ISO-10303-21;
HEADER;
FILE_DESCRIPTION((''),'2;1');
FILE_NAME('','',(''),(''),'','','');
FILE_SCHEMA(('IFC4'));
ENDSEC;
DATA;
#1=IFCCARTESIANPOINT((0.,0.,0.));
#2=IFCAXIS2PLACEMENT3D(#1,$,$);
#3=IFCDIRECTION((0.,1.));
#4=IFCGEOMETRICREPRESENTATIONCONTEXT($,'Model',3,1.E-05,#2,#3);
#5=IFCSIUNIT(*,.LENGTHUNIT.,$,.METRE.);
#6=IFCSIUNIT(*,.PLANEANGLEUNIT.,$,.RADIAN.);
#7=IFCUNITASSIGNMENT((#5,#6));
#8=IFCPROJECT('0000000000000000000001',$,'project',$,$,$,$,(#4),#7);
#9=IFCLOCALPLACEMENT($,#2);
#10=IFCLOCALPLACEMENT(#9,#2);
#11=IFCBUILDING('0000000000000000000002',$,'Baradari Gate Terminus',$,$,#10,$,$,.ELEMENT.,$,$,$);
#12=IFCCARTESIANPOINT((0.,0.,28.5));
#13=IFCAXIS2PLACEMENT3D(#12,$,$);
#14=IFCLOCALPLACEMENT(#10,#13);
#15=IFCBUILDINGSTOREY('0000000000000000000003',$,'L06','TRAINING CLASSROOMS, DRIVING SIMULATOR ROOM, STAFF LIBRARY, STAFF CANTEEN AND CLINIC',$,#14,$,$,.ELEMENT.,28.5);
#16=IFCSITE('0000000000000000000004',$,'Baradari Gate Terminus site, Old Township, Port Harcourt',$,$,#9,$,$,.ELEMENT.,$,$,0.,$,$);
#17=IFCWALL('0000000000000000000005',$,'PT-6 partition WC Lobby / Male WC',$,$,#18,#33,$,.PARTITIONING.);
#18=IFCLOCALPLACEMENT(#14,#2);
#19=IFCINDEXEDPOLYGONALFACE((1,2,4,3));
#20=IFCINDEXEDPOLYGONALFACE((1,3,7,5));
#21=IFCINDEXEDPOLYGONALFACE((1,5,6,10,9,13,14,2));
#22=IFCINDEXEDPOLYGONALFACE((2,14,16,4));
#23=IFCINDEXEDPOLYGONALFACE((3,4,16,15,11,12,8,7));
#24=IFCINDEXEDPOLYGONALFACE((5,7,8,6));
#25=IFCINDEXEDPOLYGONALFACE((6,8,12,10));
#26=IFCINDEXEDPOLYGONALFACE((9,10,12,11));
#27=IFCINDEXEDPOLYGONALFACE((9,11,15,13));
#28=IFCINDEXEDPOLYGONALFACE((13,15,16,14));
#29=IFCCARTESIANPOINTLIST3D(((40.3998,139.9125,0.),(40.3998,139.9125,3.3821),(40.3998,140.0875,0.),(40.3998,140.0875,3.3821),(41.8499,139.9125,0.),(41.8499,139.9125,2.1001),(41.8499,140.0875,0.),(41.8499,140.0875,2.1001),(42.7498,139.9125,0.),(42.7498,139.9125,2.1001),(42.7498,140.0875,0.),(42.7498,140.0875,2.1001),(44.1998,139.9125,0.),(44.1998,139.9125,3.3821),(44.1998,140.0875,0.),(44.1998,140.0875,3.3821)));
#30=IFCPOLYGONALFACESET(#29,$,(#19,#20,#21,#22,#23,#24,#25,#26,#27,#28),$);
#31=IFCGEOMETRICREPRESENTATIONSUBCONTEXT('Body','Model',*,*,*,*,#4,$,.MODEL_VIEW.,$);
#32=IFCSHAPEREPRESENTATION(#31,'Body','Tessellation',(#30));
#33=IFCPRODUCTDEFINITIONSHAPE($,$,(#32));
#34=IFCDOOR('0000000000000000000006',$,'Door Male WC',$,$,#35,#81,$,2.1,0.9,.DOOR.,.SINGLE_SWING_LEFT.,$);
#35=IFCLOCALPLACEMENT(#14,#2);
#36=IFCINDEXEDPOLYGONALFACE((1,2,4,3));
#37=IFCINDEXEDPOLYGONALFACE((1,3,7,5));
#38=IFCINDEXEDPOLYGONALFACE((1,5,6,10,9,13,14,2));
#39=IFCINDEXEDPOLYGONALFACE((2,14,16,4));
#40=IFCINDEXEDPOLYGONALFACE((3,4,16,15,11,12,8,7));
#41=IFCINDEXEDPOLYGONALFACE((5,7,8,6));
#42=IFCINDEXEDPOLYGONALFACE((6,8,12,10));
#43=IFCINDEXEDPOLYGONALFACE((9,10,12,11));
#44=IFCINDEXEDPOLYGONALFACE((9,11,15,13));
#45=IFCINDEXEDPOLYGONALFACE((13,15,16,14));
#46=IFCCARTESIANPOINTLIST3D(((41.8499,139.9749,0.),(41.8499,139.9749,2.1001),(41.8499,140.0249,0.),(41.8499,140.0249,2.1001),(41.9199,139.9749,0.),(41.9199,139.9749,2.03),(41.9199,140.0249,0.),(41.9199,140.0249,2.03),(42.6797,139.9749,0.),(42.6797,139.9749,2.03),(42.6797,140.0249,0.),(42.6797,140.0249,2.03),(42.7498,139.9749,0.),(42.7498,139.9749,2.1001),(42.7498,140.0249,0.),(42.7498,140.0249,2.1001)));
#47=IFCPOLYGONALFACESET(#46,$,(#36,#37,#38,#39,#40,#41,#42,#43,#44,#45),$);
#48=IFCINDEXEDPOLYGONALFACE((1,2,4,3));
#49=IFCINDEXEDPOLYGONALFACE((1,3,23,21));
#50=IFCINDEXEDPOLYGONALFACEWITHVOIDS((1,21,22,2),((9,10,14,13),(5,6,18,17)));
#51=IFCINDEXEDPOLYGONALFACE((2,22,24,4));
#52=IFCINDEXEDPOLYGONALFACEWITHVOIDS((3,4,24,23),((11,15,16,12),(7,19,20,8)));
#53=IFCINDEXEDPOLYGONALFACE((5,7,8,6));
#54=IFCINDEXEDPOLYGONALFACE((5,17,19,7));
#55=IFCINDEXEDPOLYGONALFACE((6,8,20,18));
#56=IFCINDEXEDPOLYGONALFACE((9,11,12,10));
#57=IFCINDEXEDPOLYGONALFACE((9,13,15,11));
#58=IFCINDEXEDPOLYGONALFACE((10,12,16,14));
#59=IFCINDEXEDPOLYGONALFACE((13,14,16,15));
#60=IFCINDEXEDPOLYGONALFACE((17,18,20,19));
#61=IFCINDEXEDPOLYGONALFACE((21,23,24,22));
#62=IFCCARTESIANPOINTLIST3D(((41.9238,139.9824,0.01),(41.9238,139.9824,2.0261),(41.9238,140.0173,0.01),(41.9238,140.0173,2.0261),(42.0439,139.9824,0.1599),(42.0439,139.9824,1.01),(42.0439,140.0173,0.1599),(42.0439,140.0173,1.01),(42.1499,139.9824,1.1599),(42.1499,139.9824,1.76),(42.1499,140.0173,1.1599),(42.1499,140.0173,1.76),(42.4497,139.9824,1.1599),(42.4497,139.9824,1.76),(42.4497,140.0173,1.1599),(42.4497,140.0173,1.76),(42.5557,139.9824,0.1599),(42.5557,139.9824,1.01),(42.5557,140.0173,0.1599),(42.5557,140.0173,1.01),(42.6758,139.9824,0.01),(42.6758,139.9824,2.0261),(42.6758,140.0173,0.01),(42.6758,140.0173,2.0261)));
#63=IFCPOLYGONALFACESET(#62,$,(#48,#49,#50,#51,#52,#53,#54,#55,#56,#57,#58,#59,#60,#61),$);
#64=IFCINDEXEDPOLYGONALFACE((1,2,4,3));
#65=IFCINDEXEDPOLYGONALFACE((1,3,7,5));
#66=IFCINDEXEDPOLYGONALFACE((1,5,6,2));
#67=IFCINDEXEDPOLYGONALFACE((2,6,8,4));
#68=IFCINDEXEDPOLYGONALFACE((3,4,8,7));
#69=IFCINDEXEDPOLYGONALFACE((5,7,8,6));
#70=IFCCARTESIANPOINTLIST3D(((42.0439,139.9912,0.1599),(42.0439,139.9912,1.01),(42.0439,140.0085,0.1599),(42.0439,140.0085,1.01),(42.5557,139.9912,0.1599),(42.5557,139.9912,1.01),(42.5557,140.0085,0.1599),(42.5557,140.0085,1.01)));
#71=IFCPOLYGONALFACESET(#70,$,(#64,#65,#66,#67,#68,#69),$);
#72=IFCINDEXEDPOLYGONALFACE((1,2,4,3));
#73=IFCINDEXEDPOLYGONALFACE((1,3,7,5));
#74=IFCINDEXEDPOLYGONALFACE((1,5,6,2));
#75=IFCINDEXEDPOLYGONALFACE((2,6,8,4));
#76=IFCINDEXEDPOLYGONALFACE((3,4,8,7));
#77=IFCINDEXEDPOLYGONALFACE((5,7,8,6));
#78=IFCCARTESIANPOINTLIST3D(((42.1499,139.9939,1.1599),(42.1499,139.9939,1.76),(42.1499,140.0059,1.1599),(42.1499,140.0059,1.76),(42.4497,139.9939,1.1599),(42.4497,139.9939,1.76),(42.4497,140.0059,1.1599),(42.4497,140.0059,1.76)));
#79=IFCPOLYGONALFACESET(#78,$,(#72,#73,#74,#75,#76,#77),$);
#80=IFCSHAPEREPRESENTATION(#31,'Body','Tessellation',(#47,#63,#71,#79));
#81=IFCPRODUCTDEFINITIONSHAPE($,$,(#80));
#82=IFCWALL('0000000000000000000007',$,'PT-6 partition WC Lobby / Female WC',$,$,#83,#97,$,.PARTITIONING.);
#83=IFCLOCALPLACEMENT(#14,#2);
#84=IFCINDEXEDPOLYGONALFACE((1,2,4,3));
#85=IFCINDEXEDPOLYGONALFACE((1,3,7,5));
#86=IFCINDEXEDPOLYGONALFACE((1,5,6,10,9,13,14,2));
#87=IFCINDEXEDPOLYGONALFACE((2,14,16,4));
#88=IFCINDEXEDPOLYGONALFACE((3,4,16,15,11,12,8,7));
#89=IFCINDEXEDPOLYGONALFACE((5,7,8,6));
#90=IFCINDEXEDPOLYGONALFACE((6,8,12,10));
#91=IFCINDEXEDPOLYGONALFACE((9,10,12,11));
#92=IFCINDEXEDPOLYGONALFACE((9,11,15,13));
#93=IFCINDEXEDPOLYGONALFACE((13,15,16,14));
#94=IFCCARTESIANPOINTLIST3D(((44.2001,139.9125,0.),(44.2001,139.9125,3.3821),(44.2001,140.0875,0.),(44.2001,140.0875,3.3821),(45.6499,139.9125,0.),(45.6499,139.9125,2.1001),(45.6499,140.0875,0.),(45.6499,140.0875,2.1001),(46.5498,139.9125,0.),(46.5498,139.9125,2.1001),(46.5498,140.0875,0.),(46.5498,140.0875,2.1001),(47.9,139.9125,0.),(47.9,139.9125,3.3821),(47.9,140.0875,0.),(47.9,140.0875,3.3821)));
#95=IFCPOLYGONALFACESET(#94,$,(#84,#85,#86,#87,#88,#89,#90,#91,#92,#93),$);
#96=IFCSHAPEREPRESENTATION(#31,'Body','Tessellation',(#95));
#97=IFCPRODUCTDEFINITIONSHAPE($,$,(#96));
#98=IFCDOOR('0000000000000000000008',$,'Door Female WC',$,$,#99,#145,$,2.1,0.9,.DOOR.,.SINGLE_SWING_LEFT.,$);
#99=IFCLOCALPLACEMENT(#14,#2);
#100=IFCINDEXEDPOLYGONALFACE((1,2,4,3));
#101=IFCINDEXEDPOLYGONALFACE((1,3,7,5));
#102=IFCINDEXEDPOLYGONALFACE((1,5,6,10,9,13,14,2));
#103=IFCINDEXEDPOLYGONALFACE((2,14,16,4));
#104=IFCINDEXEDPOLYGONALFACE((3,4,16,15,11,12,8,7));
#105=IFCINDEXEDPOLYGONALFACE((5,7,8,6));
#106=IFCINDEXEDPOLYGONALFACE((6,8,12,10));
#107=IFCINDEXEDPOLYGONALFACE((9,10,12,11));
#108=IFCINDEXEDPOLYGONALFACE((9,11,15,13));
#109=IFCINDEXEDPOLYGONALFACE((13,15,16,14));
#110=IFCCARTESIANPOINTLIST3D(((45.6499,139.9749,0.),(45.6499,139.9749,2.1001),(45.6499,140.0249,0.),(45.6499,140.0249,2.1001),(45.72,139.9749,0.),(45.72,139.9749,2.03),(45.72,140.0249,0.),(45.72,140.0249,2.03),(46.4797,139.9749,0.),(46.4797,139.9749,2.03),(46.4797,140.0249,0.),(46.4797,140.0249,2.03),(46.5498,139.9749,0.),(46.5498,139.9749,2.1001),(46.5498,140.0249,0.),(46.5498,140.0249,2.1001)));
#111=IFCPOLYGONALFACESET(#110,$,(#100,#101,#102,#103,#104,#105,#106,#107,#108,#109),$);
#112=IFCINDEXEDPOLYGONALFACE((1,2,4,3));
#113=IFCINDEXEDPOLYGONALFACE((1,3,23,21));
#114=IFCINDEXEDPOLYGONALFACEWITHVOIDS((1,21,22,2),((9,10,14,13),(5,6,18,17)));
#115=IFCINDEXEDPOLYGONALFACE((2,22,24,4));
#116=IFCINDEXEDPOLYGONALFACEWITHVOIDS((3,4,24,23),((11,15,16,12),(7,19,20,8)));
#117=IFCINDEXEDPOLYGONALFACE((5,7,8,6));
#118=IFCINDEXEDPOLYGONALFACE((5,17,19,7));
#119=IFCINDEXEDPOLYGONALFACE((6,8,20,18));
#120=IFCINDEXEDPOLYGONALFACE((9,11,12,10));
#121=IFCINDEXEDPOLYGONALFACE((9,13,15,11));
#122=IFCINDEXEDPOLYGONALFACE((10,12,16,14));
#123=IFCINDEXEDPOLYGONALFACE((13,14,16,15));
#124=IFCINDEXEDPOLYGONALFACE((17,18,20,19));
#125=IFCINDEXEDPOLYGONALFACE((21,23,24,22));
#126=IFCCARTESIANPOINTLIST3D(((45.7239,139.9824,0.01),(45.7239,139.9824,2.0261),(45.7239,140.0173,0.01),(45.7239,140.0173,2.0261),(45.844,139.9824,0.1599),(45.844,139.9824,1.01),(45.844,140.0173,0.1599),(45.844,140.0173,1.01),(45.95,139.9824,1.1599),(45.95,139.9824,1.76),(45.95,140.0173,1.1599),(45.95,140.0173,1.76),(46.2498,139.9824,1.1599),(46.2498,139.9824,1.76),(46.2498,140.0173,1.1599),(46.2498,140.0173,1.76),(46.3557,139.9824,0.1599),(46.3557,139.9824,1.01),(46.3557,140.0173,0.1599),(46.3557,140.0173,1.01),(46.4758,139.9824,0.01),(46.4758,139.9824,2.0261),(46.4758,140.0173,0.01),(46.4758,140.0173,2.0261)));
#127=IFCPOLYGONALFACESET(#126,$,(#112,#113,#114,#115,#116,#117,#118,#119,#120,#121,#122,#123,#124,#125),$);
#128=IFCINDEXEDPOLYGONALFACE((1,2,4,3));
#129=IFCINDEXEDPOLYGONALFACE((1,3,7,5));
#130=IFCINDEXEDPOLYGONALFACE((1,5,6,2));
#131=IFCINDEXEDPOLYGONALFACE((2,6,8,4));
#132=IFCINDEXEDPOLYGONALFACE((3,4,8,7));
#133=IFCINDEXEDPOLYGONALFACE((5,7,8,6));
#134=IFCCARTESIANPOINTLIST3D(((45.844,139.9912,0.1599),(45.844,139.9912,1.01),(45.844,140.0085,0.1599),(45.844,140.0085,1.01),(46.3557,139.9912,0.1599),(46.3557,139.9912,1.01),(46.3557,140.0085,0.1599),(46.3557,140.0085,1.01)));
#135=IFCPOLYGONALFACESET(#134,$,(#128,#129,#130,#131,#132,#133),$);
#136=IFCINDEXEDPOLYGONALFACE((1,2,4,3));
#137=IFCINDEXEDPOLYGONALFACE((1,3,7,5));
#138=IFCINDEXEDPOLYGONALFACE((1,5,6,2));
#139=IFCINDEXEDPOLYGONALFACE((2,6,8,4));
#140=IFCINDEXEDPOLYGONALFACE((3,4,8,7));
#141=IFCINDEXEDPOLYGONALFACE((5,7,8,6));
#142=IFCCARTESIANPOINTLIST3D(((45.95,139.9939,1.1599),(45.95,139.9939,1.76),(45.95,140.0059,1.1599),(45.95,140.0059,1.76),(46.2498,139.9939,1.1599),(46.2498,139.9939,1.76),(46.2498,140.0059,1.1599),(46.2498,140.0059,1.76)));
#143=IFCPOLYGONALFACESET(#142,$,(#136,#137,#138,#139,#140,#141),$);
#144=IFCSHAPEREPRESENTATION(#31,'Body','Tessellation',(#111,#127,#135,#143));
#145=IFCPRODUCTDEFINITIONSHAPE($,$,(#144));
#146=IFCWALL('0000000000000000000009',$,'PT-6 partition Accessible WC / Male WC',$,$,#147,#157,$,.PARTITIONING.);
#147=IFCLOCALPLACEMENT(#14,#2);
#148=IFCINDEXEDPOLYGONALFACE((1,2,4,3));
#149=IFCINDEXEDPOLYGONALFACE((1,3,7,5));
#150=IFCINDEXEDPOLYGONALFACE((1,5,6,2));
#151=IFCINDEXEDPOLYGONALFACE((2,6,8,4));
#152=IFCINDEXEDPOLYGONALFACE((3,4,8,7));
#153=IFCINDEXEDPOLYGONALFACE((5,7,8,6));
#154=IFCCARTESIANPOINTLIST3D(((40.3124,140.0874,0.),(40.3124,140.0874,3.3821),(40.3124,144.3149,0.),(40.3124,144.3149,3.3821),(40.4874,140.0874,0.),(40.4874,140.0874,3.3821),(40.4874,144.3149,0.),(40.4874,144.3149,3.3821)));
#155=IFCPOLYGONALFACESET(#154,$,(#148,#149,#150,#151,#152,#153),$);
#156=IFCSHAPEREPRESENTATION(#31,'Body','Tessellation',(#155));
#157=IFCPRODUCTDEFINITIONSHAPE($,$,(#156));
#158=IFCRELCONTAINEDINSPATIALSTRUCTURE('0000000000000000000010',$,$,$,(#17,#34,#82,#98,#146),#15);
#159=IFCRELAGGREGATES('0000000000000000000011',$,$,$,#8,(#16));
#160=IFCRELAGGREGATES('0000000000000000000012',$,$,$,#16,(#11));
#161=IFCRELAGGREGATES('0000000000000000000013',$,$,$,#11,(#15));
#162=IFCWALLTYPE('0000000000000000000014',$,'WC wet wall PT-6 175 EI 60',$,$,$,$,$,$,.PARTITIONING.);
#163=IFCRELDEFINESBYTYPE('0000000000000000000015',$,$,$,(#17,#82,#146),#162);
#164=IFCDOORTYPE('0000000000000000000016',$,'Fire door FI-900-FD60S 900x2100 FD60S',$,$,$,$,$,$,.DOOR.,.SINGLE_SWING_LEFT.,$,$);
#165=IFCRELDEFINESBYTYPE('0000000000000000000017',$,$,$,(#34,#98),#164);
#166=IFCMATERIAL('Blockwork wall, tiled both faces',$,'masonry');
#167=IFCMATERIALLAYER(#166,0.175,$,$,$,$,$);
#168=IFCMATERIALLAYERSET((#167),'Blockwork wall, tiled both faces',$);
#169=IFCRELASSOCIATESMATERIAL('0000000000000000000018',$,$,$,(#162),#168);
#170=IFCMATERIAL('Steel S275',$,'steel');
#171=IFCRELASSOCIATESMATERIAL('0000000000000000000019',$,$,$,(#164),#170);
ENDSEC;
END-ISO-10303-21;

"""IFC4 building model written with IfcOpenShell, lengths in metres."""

from ifc_helpers import new_model, si_unit, direction, frame, frame_2d, origin, place, context, subcontext, project, spatial, polyline, rectangle, outline, extrude, material, layer, layer_set, type_object, element, fill, save


model = new_model("IFC4")

# Units and contexts
model_context = context("Model", 3, precision=1e-05, world=origin(), true_north=direction((0.0, 1.0)))
body_context = subcontext(model_context, "Body", "Model", "MODEL_VIEW")
ifc_project = project(units=[si_unit("LENGTHUNIT", "METRE"), si_unit("PLANEANGLEUNIT", "RADIAN")], contexts=[model_context])

# Site, building, storey
site_placement = place(None, origin())
site = spatial("IfcSite", under=ifc_project, at=site_placement, Name="Baradari Gate Terminus site, Old Township, Port Harcourt", CompositionType="ELEMENT", RefElevation=0.0)
building_placement = place(site_placement, origin())
building = spatial("IfcBuilding", under=site, at=building_placement, Name="Baradari Gate Terminus", CompositionType="ELEMENT")
storey_placement = place(building_placement, frame((0.0, 0.0, 28.5)))
storey = spatial("IfcBuildingStorey", under=building, at=storey_placement, Name="L06", Description="TRAINING CLASSROOMS, DRIVING SIMULATOR ROOM, STAFF LIBRARY, STAFF CANTEEN AND CLINIC", CompositionType="ELEMENT", Elevation=28.5)

# Walls, openings, doors
ifc_material_1 = material(Name="Blockwork wall, tiled both faces", Category="masonry")
ifc_layer = layer(ifc_material_1, 0.175)
ifc_layer_set = layer_set([ifc_layer], Name="Blockwork wall, tiled both faces")
wall_type = type_object("IfcWallType", Name="WC wet wall PT-6 175 EI 60", PredefinedType="PARTITIONING", material=ifc_layer_set)
wall_1_placement = place(storey_placement, frame((40.3999, 140.0, 0.0), z_axis=(0.0, 0.0, 1.0), x_axis=(1.0, 0.0, 0.0)))
wall_1 = element("IfcWall", 1, at=wall_1_placement, inside=storey, type_object=wall_type, Name="PT-6 partition WC Lobby / Male WC", PredefinedType="PARTITIONING", context=body_context, shape_type="SweptSolid", body=[
    extrude(rectangle(XDim=3.8, YDim=0.175, at=frame_2d((1.8999, 0.0))), origin(), (0.0, 0.0, 1.0), 3.3821),
])
opening_1_placement = place(wall_1_placement, frame((1.45, 0.0, 0.0)))
opening_1 = element("IfcOpeningElement", 2, at=opening_1_placement, cuts=wall_1, PredefinedType="OPENING", context=body_context, shape_type="SweptSolid", body=[
    extrude(rectangle(XDim=0.8999, YDim=2.1001, at=frame_2d((0.45, 1.05))), frame((0.0, 0.0974, 0.0), z_axis=(0.0, -1.0, 0.0), x_axis=(1.0, 0.0, 0.0)), (0.0, 0.0, 1.0), 0.1951),
])
ifc_material_2 = material(Name="Steel S275", Category="steel")
door_type = type_object("IfcDoorType", Name="Fire door FI-900-FD60S 900x2100 FD60S", OperationType="SINGLE_SWING_LEFT", PredefinedType="DOOR", material=ifc_material_2)
door_1_placement = place(opening_1_placement, origin())
door_1 = element("IfcDoor", 3, at=door_1_placement, inside=storey, type_object=door_type, Name="Door Male WC", OperationType="SINGLE_SWING_LEFT", OverallHeight=2.1, OverallWidth=0.9, PredefinedType="DOOR", context=body_context, shape_type="SweptSolid", body=[
    extrude(outline(polyline([(0.0, 0.0), (0.0701, 0.0), (0.0701, 2.03), (0.8298, 2.03), (0.8298, 0.0), (0.8999, 0.0), (0.8999, 2.1001), (0.0, 2.1001), (0.0, 0.0)])), frame((0.0, 0.0249, 0.0), z_axis=(0.0, -1.0, 0.0), x_axis=(1.0, 0.0, 0.0)), (0.0, 0.0, 1.0), 0.05),
    extrude(outline(polyline([(0.074, 0.01), (0.8259, 0.01), (0.8259, 2.0261), (0.074, 2.0261), (0.074, 0.01)]), holes=[polyline([(0.1941, 0.1599), (0.7058, 0.1599), (0.7058, 1.01), (0.1941, 1.01), (0.1941, 0.1599)]), polyline([(0.3, 1.1599), (0.5999, 1.1599), (0.5999, 1.76), (0.3, 1.76), (0.3, 1.1599)])]), frame((0.0, 0.0173, 0.0), z_axis=(0.0, -1.0, 0.0), x_axis=(1.0, 0.0, 0.0)), (0.0, 0.0, 1.0), 0.0349),
    extrude(rectangle(XDim=0.5117, YDim=0.8501, at=frame_2d((0.45, 0.585))), frame((0.0, 0.0085, 0.0), z_axis=(0.0, -1.0, 0.0), x_axis=(1.0, 0.0, 0.0)), (0.0, 0.0, 1.0), 0.0173),
    extrude(rectangle(XDim=0.2998, YDim=0.6001, at=frame_2d((0.45, 1.46))), frame((0.0, 0.0059, 0.0), z_axis=(0.0, -1.0, 0.0), x_axis=(1.0, 0.0, 0.0)), (0.0, 0.0, 1.0), 0.012),
])
fill(opening_1, door_1)
wall_2_placement = place(storey_placement, frame((44.2, 140.0, 0.0), z_axis=(0.0, 0.0, 1.0), x_axis=(1.0, 0.0, 0.0)))
wall_2 = element("IfcWall", 4, at=wall_2_placement, inside=storey, type_object=wall_type, Name="PT-6 partition WC Lobby / Female WC", PredefinedType="PARTITIONING", context=body_context, shape_type="SweptSolid", body=[
    extrude(rectangle(XDim=3.7, YDim=0.175, at=frame_2d((1.8501, 0.0))), origin(), (0.0, 0.0, 1.0), 3.3821),
])
opening_2_placement = place(wall_2_placement, frame((1.45, 0.0, 0.0)))
opening_2 = element("IfcOpeningElement", 5, at=opening_2_placement, cuts=wall_2, PredefinedType="OPENING", context=body_context, shape_type="SweptSolid", body=[
    extrude(rectangle(XDim=0.8999, YDim=2.1001, at=frame_2d((0.45, 1.05))), frame((0.0, 0.0974, 0.0), z_axis=(0.0, -1.0, 0.0), x_axis=(1.0, 0.0, 0.0)), (0.0, 0.0, 1.0), 0.1951),
])
door_2_placement = place(opening_2_placement, origin())
door_2 = element("IfcDoor", 6, at=door_2_placement, inside=storey, type_object=door_type, Name="Door Female WC", OperationType="SINGLE_SWING_LEFT", OverallHeight=2.1, OverallWidth=0.9, PredefinedType="DOOR", context=body_context, shape_type="SweptSolid", body=[
    extrude(outline(polyline([(0.0, 0.0), (0.0701, 0.0), (0.0701, 2.03), (0.8298, 2.03), (0.8298, 0.0), (0.8999, 0.0), (0.8999, 2.1001), (0.0, 2.1001), (0.0, 0.0)])), frame((0.0, 0.0249, 0.0), z_axis=(0.0, -1.0, 0.0), x_axis=(1.0, 0.0, 0.0)), (0.0, 0.0, 1.0), 0.05),
    extrude(outline(polyline([(0.074, 0.01), (0.8259, 0.01), (0.8259, 2.0261), (0.074, 2.0261), (0.074, 0.01)]), holes=[polyline([(0.1941, 0.1599), (0.7058, 0.1599), (0.7058, 1.01), (0.1941, 1.01), (0.1941, 0.1599)]), polyline([(0.3, 1.1599), (0.5999, 1.1599), (0.5999, 1.76), (0.3, 1.76), (0.3, 1.1599)])]), frame((0.0, 0.0173, 0.0), z_axis=(0.0, -1.0, 0.0), x_axis=(1.0, 0.0, 0.0)), (0.0, 0.0, 1.0), 0.0349),
    extrude(rectangle(XDim=0.5117, YDim=0.8501, at=frame_2d((0.45, 0.585))), frame((0.0, 0.0085, 0.0), z_axis=(0.0, -1.0, 0.0), x_axis=(1.0, 0.0, 0.0)), (0.0, 0.0, 1.0), 0.0173),
    extrude(rectangle(XDim=0.2998, YDim=0.6001, at=frame_2d((0.45, 1.46))), frame((0.0, 0.0059, 0.0), z_axis=(0.0, -1.0, 0.0), x_axis=(1.0, 0.0, 0.0)), (0.0, 0.0, 1.0), 0.012),
])
fill(opening_2, door_2)

# Wall
wall_3_placement = place(storey_placement, frame((40.3999, 144.3149, 0.0), z_axis=(0.0, 0.0, 1.0), x_axis=(0.0, -1.0, 0.0)))
element("IfcWall", 7, at=wall_3_placement, inside=storey, type_object=wall_type, Name="PT-6 partition Accessible WC / Male WC", PredefinedType="PARTITIONING", context=body_context, shape_type="SweptSolid", body=[
    extrude(rectangle(XDim=4.2275, YDim=0.175, at=frame_2d((2.1138, 0.0))), origin(), (0.0, 0.0, 1.0), 3.3821),
])

save(model, "model.ifc")
